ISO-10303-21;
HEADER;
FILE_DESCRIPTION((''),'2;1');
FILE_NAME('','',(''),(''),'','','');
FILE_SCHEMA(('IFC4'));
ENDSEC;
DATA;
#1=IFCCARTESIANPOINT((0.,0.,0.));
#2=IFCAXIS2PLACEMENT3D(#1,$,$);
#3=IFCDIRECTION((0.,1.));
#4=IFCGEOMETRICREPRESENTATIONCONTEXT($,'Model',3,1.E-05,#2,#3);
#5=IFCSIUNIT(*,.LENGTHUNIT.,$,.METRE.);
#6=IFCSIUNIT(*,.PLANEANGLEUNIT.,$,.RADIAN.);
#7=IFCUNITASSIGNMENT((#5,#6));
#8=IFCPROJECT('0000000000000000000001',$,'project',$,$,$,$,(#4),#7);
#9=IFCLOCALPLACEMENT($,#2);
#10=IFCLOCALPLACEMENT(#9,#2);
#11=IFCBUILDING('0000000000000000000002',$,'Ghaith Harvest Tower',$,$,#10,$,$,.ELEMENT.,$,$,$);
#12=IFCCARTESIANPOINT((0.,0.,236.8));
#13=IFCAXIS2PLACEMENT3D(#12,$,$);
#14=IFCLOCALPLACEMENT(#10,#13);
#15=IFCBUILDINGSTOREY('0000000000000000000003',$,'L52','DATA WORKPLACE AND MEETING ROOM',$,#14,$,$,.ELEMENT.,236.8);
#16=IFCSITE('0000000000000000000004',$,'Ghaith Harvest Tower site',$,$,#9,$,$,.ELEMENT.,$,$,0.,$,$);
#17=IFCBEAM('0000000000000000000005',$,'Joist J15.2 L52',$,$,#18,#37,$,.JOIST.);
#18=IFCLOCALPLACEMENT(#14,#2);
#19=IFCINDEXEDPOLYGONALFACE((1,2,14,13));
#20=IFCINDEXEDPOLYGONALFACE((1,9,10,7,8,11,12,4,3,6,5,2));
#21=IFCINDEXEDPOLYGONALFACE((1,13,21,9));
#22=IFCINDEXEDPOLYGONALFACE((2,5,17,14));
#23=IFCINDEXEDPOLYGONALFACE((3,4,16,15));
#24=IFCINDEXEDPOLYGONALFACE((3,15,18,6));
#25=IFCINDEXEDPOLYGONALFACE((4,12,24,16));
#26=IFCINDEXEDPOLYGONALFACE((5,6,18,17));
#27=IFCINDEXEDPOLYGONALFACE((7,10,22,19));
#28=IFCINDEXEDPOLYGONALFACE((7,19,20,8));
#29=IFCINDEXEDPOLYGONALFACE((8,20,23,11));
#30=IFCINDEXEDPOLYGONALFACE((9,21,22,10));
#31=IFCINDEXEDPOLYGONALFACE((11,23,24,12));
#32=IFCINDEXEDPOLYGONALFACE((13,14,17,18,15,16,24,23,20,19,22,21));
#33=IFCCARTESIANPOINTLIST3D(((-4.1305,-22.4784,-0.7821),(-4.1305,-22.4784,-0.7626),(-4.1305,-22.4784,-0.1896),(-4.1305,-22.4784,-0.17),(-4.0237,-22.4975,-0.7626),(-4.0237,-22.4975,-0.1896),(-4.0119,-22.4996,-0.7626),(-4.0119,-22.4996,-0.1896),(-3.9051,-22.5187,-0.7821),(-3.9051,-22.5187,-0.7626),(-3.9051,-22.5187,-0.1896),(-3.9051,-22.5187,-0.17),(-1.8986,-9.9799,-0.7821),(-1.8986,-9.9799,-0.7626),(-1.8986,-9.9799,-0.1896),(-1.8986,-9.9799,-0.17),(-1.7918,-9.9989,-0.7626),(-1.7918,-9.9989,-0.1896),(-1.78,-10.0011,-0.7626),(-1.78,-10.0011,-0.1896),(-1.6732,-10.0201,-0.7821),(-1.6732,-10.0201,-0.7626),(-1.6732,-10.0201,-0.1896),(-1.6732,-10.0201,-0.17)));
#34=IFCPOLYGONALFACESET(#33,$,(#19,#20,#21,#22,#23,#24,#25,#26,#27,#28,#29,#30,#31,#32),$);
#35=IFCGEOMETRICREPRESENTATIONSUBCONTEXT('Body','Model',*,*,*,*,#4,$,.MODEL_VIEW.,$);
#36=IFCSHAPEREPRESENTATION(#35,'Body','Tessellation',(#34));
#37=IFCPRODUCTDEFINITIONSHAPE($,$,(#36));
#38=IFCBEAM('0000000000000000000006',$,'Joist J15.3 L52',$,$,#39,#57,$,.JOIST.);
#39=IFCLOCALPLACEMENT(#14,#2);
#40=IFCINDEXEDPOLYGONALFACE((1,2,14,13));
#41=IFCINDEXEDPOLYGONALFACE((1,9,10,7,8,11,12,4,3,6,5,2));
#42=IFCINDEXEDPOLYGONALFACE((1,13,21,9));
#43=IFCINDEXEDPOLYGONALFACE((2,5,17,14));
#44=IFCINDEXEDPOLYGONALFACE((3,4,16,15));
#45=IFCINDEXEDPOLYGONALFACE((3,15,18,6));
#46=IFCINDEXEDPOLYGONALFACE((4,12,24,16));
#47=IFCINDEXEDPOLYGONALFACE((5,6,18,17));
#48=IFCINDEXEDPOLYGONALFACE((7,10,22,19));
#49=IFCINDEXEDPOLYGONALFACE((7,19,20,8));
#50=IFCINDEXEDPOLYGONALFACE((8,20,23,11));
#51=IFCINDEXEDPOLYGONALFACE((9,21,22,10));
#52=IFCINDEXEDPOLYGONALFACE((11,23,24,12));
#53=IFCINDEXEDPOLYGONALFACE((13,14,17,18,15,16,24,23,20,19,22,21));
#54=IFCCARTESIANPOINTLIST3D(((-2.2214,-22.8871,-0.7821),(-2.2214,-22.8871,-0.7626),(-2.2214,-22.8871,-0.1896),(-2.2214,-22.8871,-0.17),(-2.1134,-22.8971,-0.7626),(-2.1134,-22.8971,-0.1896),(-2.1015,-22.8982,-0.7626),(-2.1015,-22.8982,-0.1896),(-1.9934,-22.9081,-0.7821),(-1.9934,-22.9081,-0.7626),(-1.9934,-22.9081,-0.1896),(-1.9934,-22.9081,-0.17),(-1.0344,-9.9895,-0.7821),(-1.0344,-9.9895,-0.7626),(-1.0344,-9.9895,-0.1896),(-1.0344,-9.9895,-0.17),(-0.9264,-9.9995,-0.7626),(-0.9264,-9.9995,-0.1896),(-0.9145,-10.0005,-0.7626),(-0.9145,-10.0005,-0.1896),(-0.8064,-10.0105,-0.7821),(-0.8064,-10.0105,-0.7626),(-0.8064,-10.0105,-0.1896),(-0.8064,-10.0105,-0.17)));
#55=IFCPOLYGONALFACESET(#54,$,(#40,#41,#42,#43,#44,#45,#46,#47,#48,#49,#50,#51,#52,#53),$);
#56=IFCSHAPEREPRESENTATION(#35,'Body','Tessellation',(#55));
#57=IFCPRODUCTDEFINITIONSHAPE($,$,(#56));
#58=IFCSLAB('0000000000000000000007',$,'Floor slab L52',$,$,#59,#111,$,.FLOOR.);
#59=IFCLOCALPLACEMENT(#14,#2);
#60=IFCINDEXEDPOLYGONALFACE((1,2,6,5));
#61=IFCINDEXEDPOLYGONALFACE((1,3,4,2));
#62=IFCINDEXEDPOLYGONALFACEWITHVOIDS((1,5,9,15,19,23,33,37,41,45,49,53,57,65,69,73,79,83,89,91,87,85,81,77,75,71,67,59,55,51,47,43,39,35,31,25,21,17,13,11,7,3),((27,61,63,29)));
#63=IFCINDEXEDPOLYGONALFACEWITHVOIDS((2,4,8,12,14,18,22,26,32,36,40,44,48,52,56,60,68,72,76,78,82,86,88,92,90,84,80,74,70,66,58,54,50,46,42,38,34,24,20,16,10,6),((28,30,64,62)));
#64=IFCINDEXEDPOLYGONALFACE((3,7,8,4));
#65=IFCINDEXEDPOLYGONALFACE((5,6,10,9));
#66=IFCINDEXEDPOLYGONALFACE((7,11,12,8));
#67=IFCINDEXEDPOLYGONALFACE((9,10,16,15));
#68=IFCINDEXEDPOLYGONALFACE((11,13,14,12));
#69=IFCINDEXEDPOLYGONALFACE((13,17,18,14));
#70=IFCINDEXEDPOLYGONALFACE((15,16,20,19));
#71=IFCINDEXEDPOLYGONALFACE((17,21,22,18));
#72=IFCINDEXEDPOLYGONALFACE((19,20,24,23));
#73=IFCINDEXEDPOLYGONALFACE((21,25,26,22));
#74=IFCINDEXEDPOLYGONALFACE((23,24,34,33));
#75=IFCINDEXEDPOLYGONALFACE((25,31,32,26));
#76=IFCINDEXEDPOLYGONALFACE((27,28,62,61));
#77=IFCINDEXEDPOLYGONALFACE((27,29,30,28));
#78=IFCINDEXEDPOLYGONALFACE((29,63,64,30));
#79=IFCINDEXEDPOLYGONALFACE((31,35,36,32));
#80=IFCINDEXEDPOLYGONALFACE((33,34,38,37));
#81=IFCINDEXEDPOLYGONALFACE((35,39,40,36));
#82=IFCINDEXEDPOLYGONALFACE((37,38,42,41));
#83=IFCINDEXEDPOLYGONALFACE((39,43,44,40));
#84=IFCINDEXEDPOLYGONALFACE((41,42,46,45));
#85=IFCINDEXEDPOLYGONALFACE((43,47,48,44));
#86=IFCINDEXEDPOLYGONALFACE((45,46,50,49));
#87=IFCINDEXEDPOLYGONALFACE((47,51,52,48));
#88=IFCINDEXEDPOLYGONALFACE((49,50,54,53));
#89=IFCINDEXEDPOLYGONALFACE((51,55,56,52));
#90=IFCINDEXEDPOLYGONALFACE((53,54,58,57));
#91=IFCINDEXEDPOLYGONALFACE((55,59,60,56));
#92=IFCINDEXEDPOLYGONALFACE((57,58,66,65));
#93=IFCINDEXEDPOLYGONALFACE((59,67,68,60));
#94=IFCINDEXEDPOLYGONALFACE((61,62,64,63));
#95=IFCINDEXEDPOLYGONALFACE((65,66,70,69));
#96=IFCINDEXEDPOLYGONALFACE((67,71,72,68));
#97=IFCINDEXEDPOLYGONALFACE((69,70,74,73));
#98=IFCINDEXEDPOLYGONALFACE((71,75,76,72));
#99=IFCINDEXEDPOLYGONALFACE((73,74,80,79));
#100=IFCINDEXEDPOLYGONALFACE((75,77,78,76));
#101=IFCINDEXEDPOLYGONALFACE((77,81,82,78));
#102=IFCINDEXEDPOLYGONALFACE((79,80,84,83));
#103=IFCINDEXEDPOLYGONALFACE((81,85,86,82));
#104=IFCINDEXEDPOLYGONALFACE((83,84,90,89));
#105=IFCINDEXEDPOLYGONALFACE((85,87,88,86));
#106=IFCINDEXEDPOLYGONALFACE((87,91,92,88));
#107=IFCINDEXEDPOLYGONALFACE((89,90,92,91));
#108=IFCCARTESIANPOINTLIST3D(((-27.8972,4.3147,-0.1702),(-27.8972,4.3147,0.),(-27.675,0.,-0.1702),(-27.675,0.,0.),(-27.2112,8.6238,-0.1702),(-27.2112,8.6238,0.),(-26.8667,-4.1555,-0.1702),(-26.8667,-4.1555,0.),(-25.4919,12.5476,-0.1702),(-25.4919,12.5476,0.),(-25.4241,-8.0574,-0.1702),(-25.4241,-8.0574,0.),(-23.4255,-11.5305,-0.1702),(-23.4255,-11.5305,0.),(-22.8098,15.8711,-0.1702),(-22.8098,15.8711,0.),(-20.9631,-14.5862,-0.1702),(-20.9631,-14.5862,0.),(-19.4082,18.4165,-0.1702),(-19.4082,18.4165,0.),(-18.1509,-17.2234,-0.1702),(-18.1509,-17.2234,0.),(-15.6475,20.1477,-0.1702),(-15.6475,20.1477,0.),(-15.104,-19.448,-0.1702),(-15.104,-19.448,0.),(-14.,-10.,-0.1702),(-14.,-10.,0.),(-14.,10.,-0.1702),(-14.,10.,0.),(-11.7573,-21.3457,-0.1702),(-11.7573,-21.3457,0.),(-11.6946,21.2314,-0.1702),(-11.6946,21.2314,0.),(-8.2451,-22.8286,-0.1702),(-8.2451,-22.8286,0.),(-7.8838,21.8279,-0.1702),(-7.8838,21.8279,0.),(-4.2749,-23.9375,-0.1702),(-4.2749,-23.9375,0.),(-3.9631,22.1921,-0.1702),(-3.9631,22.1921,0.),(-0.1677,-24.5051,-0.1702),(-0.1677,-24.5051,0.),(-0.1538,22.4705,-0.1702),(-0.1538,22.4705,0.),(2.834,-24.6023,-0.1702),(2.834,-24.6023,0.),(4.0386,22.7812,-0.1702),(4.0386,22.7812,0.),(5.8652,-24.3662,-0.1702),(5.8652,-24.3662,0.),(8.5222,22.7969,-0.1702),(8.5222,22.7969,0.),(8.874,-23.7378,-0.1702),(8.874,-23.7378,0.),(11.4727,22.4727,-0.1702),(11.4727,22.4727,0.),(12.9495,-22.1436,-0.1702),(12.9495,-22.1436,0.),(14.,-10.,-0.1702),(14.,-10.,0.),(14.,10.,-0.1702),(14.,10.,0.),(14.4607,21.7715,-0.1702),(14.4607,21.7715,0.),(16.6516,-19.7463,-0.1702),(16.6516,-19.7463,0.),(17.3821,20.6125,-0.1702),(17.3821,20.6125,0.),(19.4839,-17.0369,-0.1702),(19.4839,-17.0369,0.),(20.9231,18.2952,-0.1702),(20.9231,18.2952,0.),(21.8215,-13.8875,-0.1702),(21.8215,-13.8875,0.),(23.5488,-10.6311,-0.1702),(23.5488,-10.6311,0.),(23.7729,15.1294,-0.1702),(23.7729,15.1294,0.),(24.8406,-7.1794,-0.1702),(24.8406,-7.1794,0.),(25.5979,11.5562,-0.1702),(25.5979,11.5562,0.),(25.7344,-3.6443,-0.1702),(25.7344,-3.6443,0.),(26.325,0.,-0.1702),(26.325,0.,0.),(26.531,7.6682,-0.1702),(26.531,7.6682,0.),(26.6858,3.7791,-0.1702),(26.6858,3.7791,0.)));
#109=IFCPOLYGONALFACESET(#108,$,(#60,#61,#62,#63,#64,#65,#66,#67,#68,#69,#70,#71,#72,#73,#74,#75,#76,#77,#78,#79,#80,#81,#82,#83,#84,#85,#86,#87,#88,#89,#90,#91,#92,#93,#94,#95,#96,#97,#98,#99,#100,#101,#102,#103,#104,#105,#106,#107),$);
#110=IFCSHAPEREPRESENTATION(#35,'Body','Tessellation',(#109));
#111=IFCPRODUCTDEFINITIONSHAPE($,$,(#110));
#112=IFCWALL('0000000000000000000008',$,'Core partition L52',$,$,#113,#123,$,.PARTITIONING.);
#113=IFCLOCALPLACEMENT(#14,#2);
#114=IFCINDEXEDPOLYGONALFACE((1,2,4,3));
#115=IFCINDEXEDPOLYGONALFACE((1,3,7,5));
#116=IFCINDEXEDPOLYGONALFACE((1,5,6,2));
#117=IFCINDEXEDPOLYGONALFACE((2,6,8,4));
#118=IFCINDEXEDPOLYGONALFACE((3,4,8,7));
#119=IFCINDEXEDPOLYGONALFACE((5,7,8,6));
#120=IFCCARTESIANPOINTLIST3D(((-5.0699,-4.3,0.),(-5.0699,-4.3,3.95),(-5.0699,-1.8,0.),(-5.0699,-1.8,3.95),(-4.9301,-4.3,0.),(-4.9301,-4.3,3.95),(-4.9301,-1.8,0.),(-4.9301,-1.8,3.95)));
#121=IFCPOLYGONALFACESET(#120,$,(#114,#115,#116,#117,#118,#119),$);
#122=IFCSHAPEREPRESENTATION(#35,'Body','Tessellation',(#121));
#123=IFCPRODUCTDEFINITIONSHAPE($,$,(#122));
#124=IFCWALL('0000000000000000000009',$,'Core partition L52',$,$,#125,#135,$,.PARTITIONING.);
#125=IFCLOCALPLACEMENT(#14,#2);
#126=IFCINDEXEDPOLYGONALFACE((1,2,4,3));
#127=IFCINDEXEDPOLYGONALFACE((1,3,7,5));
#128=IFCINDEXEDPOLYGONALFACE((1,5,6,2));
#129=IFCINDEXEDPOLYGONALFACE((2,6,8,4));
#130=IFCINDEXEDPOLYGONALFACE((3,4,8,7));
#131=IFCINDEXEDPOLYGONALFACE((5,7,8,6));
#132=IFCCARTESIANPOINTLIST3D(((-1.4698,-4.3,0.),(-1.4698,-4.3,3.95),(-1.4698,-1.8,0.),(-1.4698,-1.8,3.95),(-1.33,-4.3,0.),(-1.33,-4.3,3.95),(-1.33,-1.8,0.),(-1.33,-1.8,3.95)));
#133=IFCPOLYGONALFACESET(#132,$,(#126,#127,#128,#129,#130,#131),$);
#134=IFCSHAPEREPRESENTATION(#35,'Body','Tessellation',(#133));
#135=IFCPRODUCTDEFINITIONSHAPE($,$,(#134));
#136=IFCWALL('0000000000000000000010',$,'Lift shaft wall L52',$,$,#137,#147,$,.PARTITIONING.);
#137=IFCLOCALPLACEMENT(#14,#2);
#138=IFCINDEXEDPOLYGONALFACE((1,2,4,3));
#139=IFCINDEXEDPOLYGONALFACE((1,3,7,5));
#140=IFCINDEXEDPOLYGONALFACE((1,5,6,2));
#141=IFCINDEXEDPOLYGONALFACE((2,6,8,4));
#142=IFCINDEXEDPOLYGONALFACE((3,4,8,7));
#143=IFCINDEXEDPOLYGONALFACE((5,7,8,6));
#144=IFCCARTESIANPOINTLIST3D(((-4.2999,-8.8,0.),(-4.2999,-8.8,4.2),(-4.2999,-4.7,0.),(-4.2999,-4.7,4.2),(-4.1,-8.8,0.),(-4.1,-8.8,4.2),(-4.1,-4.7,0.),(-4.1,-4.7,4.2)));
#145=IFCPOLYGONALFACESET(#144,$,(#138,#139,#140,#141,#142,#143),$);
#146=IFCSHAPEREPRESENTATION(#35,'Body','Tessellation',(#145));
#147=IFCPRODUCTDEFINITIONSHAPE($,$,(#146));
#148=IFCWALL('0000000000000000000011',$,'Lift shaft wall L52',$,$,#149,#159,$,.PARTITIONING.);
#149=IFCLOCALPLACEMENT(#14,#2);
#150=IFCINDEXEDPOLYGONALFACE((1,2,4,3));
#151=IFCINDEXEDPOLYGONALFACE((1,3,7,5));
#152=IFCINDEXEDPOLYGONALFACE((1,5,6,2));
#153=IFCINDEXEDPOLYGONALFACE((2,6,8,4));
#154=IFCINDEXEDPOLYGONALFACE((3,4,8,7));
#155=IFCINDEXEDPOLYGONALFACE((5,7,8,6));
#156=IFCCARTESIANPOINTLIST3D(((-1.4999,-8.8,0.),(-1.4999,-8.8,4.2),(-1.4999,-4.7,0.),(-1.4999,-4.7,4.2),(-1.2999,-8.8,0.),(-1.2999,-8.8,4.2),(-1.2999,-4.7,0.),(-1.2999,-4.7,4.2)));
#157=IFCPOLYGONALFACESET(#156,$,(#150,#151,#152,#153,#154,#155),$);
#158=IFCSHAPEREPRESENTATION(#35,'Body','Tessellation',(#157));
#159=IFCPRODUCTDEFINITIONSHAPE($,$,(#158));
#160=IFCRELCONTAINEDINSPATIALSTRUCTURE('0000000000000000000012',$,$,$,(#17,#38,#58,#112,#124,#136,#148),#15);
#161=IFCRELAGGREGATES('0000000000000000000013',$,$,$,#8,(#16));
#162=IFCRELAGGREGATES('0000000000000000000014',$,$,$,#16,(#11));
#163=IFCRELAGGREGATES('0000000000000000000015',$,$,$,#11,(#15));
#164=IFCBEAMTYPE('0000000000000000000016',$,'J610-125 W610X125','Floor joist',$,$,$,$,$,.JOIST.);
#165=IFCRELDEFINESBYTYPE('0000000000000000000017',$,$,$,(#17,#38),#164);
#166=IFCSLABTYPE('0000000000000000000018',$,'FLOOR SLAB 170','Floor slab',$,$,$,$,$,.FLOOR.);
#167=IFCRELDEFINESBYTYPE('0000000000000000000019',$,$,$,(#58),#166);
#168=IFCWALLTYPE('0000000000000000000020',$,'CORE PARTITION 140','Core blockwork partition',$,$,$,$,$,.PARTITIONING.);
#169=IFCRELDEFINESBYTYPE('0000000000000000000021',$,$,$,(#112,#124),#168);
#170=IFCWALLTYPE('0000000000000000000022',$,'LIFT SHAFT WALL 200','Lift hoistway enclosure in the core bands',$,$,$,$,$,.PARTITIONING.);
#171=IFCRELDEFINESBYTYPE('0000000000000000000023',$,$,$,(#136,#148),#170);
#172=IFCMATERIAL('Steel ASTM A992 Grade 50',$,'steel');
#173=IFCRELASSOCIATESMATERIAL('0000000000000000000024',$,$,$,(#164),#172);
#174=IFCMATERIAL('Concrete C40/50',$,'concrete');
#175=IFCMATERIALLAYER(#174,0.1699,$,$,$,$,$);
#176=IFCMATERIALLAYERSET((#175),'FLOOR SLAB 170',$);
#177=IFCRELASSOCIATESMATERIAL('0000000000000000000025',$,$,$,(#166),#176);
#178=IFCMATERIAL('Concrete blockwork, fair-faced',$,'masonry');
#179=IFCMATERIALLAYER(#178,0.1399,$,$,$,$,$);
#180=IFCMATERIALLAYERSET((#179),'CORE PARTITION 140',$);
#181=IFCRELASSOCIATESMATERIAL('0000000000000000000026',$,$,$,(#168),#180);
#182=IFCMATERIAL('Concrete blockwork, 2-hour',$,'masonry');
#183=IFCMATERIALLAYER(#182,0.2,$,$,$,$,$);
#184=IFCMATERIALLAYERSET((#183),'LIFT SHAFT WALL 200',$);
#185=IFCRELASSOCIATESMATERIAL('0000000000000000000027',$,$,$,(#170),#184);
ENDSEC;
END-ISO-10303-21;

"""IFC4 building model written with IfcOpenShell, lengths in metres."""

from ifc_helpers import new_model, si_unit, direction, frame, frame_2d, origin, origin_2d, place, context, subcontext, project, spatial, polyline, rectangle, i_section, outline, extrude, material, layer, layer_set, material_profile, profile_set, type_object, element, save


model = new_model("IFC4")

# Units and contexts
model_context = context("Model", 3, precision=1e-05, world=origin(), true_north=direction((0.0, 1.0)))
body_context = subcontext(model_context, "Body", "Model", "MODEL_VIEW")
ifc_project = project(units=[si_unit("LENGTHUNIT", "METRE"), si_unit("PLANEANGLEUNIT", "RADIAN")], contexts=[model_context])

# Site, building, storey
site_placement = place(None, origin())
site = spatial("IfcSite", under=ifc_project, at=site_placement, Name="Ghaith Harvest Tower site", CompositionType="ELEMENT", RefElevation=0.0)
building_placement = place(site_placement, origin())
building = spatial("IfcBuilding", under=site, at=building_placement, Name="Ghaith Harvest Tower", CompositionType="ELEMENT")
storey_placement = place(building_placement, frame((0.0, 0.0, 236.8)))
storey = spatial("IfcBuildingStorey", under=building, at=storey_placement, Name="L52", Description="DATA WORKPLACE AND MEETING ROOM", CompositionType="ELEMENT", Elevation=236.8)

# Beams
ifc_material_1 = material(Name="Steel ASTM A992 Grade 50", Category="steel")
ifc_material_profile_1 = material_profile(ifc_material_1, i_section(OverallWidth=0.229, OverallDepth=0.6121, WebThickness=0.012, FlangeThickness=0.0195, at=origin_2d()), Name="W610X125")
ifc_profile_set_1 = profile_set([ifc_material_profile_1], Name="Steel ASTM A992 Grade 50")
beam_type_1 = type_object("IfcBeamType", Name="J610-125 W610X125", Description="Floor joist", PredefinedType="JOIST", material=ifc_profile_set_1)
beam_1_placement = place(storey_placement, frame((-1.7859, -10.0, -0.4761), z_axis=(-0.175795, -0.984427, 0.0), x_axis=(0.984427, -0.175795, 0.0)))
element("IfcBeam", 1, at=beam_1_placement, inside=storey, type_object=beam_type_1, Name="Joist J15.2 L52", PredefinedType="JOIST", context=body_context, shape_type="SweptSolid", body=[
    extrude(i_section(OverallWidth=0.229, OverallDepth=0.6121, WebThickness=0.012, FlangeThickness=0.0195, at=origin_2d()), origin(), (0.0, 0.0, 1.0), 12.6963),
])
beam_2_placement = place(storey_placement, frame((-0.9204, -10.0, -0.4761), z_axis=(-0.091645, -0.995792, 0.0), x_axis=(0.995792, -0.091645, 0.0)))
element("IfcBeam", 2, at=beam_2_placement, inside=storey, type_object=beam_type_1, Name="Joist J15.3 L52", PredefinedType="JOIST", context=body_context, shape_type="SweptSolid", body=[
    extrude(i_section(OverallWidth=0.229, OverallDepth=0.6121, WebThickness=0.012, FlangeThickness=0.0195, at=origin_2d()), origin(), (0.0, 0.0, 1.0), 12.9521),
])

# Slab
ifc_material_2 = material(Name="Concrete C40/50", Category="concrete")
ifc_layer_1 = layer(ifc_material_2, 0.1699)
ifc_layer_set_1 = layer_set([ifc_layer_1], Name="FLOOR SLAB 170")
slab_type = type_object("IfcSlabType", Name="FLOOR SLAB 170", Description="Floor slab", PredefinedType="FLOOR", material=ifc_layer_set_1)
slab_placement = place(storey_placement, frame((0.0, 0.0, -0.1702)))
element("IfcSlab", 3, at=slab_placement, inside=storey, type_object=slab_type, Name="Floor slab L52", PredefinedType="FLOOR", context=body_context, shape_type="SweptSolid", body=[
    extrude(outline(polyline([(26.325, 0.0), (26.6858, 3.7791), (26.531, 7.6682), (25.5979, 11.5562), (23.7729, 15.1294), (20.9231, 18.2952), (17.3821, 20.6125), (14.4607, 21.7715), (11.4727, 22.4727), (8.5222, 22.7969), (4.0386, 22.7812), (-0.1538, 22.4705), (-3.9631, 22.1921), (-7.8838, 21.8279), (-11.6946, 21.2314), (-15.6475, 20.1477), (-19.4082, 18.4165), (-22.8098, 15.8711), (-25.4919, 12.5476), (-27.2112, 8.6238), (-27.8972, 4.3147), (-27.675, 0.0), (-26.8667, -4.1555), (-25.4241, -8.0574), (-23.4255, -11.5305), (-20.9631, -14.5862), (-18.1509, -17.2234), (-15.104, -19.448), (-11.7573, -21.3457), (-8.2451, -22.8286), (-4.2749, -23.9375), (-0.1677, -24.5051), (2.834, -24.6023), (5.8652, -24.3662), (8.874, -23.7378), (12.9495, -22.1436), (16.6516, -19.7463), (19.4839, -17.0369), (21.8215, -13.8875), (23.5488, -10.6311), (24.8406, -7.1794), (25.7344, -3.6443), (26.325, 0.0)]), holes=[polyline([(-14.0, -10.0), (14.0, -10.0), (14.0, 10.0), (-14.0, 10.0), (-14.0, -10.0)])]), origin(), (0.0, 0.0, 1.0), 0.1702),
])

# Walls
ifc_material_3 = material(Name="Concrete blockwork, fair-faced", Category="masonry")
ifc_layer_2 = layer(ifc_material_3, 0.1399)
ifc_layer_set_2 = layer_set([ifc_layer_2], Name="CORE PARTITION 140")
wall_type_1 = type_object("IfcWallType", Name="CORE PARTITION 140", Description="Core blockwork partition", PredefinedType="PARTITIONING", material=ifc_layer_set_2)
for number, where, z_axis, x_axis, name in (
    (4, (-5.0, -1.8, 0.0), (0.0, 0.0, 1.0), (0.0, -1.0, 0.0), "Core partition L52"),
    (5, (-1.3999, -1.8, 0.0), (0.0, 0.0, 1.0), (0.0, -1.0, 0.0), "Core partition L52"),
):
    element("IfcWall", number, at=place(storey_placement, frame(where, z_axis=z_axis, x_axis=x_axis)), inside=storey, type_object=wall_type_1, Name=name, PredefinedType="PARTITIONING", context=body_context, shape_type="SweptSolid", body=[
        extrude(rectangle(XDim=2.5, YDim=0.1399, at=frame_2d((1.25, 0.0))), origin(), (0.0, 0.0, 1.0), 3.95),
    ])
ifc_material_4 = material(Name="Concrete blockwork, 2-hour", Category="masonry")
ifc_layer_3 = layer(ifc_material_4, 0.2)
ifc_layer_set_3 = layer_set([ifc_layer_3], Name="LIFT SHAFT WALL 200")
wall_type_2 = type_object("IfcWallType", Name="LIFT SHAFT WALL 200", Description="Lift hoistway enclosure in the core bands", PredefinedType="PARTITIONING", material=ifc_layer_set_3)
for number, where, z_axis, x_axis, name in (
    (6, (-4.2, -4.7, 0.0), (0.0, 0.0, 1.0), (0.0, -1.0, 0.0), "Lift shaft wall L52"),
    (7, (-1.3999, -4.7, 0.0), (0.0, 0.0, 1.0), (0.0, -1.0, 0.0), "Lift shaft wall L52"),
):
    element("IfcWall", number, at=place(storey_placement, frame(where, z_axis=z_axis, x_axis=x_axis)), inside=storey, type_object=wall_type_2, Name=name, PredefinedType="PARTITIONING", context=body_context, shape_type="SweptSolid", body=[
        extrude(rectangle(XDim=4.1001, YDim=0.2, at=frame_2d((2.05, 0.0))), origin(), (0.0, 0.0, 1.0), 4.2),
    ])

save(model, "model.ifc")
